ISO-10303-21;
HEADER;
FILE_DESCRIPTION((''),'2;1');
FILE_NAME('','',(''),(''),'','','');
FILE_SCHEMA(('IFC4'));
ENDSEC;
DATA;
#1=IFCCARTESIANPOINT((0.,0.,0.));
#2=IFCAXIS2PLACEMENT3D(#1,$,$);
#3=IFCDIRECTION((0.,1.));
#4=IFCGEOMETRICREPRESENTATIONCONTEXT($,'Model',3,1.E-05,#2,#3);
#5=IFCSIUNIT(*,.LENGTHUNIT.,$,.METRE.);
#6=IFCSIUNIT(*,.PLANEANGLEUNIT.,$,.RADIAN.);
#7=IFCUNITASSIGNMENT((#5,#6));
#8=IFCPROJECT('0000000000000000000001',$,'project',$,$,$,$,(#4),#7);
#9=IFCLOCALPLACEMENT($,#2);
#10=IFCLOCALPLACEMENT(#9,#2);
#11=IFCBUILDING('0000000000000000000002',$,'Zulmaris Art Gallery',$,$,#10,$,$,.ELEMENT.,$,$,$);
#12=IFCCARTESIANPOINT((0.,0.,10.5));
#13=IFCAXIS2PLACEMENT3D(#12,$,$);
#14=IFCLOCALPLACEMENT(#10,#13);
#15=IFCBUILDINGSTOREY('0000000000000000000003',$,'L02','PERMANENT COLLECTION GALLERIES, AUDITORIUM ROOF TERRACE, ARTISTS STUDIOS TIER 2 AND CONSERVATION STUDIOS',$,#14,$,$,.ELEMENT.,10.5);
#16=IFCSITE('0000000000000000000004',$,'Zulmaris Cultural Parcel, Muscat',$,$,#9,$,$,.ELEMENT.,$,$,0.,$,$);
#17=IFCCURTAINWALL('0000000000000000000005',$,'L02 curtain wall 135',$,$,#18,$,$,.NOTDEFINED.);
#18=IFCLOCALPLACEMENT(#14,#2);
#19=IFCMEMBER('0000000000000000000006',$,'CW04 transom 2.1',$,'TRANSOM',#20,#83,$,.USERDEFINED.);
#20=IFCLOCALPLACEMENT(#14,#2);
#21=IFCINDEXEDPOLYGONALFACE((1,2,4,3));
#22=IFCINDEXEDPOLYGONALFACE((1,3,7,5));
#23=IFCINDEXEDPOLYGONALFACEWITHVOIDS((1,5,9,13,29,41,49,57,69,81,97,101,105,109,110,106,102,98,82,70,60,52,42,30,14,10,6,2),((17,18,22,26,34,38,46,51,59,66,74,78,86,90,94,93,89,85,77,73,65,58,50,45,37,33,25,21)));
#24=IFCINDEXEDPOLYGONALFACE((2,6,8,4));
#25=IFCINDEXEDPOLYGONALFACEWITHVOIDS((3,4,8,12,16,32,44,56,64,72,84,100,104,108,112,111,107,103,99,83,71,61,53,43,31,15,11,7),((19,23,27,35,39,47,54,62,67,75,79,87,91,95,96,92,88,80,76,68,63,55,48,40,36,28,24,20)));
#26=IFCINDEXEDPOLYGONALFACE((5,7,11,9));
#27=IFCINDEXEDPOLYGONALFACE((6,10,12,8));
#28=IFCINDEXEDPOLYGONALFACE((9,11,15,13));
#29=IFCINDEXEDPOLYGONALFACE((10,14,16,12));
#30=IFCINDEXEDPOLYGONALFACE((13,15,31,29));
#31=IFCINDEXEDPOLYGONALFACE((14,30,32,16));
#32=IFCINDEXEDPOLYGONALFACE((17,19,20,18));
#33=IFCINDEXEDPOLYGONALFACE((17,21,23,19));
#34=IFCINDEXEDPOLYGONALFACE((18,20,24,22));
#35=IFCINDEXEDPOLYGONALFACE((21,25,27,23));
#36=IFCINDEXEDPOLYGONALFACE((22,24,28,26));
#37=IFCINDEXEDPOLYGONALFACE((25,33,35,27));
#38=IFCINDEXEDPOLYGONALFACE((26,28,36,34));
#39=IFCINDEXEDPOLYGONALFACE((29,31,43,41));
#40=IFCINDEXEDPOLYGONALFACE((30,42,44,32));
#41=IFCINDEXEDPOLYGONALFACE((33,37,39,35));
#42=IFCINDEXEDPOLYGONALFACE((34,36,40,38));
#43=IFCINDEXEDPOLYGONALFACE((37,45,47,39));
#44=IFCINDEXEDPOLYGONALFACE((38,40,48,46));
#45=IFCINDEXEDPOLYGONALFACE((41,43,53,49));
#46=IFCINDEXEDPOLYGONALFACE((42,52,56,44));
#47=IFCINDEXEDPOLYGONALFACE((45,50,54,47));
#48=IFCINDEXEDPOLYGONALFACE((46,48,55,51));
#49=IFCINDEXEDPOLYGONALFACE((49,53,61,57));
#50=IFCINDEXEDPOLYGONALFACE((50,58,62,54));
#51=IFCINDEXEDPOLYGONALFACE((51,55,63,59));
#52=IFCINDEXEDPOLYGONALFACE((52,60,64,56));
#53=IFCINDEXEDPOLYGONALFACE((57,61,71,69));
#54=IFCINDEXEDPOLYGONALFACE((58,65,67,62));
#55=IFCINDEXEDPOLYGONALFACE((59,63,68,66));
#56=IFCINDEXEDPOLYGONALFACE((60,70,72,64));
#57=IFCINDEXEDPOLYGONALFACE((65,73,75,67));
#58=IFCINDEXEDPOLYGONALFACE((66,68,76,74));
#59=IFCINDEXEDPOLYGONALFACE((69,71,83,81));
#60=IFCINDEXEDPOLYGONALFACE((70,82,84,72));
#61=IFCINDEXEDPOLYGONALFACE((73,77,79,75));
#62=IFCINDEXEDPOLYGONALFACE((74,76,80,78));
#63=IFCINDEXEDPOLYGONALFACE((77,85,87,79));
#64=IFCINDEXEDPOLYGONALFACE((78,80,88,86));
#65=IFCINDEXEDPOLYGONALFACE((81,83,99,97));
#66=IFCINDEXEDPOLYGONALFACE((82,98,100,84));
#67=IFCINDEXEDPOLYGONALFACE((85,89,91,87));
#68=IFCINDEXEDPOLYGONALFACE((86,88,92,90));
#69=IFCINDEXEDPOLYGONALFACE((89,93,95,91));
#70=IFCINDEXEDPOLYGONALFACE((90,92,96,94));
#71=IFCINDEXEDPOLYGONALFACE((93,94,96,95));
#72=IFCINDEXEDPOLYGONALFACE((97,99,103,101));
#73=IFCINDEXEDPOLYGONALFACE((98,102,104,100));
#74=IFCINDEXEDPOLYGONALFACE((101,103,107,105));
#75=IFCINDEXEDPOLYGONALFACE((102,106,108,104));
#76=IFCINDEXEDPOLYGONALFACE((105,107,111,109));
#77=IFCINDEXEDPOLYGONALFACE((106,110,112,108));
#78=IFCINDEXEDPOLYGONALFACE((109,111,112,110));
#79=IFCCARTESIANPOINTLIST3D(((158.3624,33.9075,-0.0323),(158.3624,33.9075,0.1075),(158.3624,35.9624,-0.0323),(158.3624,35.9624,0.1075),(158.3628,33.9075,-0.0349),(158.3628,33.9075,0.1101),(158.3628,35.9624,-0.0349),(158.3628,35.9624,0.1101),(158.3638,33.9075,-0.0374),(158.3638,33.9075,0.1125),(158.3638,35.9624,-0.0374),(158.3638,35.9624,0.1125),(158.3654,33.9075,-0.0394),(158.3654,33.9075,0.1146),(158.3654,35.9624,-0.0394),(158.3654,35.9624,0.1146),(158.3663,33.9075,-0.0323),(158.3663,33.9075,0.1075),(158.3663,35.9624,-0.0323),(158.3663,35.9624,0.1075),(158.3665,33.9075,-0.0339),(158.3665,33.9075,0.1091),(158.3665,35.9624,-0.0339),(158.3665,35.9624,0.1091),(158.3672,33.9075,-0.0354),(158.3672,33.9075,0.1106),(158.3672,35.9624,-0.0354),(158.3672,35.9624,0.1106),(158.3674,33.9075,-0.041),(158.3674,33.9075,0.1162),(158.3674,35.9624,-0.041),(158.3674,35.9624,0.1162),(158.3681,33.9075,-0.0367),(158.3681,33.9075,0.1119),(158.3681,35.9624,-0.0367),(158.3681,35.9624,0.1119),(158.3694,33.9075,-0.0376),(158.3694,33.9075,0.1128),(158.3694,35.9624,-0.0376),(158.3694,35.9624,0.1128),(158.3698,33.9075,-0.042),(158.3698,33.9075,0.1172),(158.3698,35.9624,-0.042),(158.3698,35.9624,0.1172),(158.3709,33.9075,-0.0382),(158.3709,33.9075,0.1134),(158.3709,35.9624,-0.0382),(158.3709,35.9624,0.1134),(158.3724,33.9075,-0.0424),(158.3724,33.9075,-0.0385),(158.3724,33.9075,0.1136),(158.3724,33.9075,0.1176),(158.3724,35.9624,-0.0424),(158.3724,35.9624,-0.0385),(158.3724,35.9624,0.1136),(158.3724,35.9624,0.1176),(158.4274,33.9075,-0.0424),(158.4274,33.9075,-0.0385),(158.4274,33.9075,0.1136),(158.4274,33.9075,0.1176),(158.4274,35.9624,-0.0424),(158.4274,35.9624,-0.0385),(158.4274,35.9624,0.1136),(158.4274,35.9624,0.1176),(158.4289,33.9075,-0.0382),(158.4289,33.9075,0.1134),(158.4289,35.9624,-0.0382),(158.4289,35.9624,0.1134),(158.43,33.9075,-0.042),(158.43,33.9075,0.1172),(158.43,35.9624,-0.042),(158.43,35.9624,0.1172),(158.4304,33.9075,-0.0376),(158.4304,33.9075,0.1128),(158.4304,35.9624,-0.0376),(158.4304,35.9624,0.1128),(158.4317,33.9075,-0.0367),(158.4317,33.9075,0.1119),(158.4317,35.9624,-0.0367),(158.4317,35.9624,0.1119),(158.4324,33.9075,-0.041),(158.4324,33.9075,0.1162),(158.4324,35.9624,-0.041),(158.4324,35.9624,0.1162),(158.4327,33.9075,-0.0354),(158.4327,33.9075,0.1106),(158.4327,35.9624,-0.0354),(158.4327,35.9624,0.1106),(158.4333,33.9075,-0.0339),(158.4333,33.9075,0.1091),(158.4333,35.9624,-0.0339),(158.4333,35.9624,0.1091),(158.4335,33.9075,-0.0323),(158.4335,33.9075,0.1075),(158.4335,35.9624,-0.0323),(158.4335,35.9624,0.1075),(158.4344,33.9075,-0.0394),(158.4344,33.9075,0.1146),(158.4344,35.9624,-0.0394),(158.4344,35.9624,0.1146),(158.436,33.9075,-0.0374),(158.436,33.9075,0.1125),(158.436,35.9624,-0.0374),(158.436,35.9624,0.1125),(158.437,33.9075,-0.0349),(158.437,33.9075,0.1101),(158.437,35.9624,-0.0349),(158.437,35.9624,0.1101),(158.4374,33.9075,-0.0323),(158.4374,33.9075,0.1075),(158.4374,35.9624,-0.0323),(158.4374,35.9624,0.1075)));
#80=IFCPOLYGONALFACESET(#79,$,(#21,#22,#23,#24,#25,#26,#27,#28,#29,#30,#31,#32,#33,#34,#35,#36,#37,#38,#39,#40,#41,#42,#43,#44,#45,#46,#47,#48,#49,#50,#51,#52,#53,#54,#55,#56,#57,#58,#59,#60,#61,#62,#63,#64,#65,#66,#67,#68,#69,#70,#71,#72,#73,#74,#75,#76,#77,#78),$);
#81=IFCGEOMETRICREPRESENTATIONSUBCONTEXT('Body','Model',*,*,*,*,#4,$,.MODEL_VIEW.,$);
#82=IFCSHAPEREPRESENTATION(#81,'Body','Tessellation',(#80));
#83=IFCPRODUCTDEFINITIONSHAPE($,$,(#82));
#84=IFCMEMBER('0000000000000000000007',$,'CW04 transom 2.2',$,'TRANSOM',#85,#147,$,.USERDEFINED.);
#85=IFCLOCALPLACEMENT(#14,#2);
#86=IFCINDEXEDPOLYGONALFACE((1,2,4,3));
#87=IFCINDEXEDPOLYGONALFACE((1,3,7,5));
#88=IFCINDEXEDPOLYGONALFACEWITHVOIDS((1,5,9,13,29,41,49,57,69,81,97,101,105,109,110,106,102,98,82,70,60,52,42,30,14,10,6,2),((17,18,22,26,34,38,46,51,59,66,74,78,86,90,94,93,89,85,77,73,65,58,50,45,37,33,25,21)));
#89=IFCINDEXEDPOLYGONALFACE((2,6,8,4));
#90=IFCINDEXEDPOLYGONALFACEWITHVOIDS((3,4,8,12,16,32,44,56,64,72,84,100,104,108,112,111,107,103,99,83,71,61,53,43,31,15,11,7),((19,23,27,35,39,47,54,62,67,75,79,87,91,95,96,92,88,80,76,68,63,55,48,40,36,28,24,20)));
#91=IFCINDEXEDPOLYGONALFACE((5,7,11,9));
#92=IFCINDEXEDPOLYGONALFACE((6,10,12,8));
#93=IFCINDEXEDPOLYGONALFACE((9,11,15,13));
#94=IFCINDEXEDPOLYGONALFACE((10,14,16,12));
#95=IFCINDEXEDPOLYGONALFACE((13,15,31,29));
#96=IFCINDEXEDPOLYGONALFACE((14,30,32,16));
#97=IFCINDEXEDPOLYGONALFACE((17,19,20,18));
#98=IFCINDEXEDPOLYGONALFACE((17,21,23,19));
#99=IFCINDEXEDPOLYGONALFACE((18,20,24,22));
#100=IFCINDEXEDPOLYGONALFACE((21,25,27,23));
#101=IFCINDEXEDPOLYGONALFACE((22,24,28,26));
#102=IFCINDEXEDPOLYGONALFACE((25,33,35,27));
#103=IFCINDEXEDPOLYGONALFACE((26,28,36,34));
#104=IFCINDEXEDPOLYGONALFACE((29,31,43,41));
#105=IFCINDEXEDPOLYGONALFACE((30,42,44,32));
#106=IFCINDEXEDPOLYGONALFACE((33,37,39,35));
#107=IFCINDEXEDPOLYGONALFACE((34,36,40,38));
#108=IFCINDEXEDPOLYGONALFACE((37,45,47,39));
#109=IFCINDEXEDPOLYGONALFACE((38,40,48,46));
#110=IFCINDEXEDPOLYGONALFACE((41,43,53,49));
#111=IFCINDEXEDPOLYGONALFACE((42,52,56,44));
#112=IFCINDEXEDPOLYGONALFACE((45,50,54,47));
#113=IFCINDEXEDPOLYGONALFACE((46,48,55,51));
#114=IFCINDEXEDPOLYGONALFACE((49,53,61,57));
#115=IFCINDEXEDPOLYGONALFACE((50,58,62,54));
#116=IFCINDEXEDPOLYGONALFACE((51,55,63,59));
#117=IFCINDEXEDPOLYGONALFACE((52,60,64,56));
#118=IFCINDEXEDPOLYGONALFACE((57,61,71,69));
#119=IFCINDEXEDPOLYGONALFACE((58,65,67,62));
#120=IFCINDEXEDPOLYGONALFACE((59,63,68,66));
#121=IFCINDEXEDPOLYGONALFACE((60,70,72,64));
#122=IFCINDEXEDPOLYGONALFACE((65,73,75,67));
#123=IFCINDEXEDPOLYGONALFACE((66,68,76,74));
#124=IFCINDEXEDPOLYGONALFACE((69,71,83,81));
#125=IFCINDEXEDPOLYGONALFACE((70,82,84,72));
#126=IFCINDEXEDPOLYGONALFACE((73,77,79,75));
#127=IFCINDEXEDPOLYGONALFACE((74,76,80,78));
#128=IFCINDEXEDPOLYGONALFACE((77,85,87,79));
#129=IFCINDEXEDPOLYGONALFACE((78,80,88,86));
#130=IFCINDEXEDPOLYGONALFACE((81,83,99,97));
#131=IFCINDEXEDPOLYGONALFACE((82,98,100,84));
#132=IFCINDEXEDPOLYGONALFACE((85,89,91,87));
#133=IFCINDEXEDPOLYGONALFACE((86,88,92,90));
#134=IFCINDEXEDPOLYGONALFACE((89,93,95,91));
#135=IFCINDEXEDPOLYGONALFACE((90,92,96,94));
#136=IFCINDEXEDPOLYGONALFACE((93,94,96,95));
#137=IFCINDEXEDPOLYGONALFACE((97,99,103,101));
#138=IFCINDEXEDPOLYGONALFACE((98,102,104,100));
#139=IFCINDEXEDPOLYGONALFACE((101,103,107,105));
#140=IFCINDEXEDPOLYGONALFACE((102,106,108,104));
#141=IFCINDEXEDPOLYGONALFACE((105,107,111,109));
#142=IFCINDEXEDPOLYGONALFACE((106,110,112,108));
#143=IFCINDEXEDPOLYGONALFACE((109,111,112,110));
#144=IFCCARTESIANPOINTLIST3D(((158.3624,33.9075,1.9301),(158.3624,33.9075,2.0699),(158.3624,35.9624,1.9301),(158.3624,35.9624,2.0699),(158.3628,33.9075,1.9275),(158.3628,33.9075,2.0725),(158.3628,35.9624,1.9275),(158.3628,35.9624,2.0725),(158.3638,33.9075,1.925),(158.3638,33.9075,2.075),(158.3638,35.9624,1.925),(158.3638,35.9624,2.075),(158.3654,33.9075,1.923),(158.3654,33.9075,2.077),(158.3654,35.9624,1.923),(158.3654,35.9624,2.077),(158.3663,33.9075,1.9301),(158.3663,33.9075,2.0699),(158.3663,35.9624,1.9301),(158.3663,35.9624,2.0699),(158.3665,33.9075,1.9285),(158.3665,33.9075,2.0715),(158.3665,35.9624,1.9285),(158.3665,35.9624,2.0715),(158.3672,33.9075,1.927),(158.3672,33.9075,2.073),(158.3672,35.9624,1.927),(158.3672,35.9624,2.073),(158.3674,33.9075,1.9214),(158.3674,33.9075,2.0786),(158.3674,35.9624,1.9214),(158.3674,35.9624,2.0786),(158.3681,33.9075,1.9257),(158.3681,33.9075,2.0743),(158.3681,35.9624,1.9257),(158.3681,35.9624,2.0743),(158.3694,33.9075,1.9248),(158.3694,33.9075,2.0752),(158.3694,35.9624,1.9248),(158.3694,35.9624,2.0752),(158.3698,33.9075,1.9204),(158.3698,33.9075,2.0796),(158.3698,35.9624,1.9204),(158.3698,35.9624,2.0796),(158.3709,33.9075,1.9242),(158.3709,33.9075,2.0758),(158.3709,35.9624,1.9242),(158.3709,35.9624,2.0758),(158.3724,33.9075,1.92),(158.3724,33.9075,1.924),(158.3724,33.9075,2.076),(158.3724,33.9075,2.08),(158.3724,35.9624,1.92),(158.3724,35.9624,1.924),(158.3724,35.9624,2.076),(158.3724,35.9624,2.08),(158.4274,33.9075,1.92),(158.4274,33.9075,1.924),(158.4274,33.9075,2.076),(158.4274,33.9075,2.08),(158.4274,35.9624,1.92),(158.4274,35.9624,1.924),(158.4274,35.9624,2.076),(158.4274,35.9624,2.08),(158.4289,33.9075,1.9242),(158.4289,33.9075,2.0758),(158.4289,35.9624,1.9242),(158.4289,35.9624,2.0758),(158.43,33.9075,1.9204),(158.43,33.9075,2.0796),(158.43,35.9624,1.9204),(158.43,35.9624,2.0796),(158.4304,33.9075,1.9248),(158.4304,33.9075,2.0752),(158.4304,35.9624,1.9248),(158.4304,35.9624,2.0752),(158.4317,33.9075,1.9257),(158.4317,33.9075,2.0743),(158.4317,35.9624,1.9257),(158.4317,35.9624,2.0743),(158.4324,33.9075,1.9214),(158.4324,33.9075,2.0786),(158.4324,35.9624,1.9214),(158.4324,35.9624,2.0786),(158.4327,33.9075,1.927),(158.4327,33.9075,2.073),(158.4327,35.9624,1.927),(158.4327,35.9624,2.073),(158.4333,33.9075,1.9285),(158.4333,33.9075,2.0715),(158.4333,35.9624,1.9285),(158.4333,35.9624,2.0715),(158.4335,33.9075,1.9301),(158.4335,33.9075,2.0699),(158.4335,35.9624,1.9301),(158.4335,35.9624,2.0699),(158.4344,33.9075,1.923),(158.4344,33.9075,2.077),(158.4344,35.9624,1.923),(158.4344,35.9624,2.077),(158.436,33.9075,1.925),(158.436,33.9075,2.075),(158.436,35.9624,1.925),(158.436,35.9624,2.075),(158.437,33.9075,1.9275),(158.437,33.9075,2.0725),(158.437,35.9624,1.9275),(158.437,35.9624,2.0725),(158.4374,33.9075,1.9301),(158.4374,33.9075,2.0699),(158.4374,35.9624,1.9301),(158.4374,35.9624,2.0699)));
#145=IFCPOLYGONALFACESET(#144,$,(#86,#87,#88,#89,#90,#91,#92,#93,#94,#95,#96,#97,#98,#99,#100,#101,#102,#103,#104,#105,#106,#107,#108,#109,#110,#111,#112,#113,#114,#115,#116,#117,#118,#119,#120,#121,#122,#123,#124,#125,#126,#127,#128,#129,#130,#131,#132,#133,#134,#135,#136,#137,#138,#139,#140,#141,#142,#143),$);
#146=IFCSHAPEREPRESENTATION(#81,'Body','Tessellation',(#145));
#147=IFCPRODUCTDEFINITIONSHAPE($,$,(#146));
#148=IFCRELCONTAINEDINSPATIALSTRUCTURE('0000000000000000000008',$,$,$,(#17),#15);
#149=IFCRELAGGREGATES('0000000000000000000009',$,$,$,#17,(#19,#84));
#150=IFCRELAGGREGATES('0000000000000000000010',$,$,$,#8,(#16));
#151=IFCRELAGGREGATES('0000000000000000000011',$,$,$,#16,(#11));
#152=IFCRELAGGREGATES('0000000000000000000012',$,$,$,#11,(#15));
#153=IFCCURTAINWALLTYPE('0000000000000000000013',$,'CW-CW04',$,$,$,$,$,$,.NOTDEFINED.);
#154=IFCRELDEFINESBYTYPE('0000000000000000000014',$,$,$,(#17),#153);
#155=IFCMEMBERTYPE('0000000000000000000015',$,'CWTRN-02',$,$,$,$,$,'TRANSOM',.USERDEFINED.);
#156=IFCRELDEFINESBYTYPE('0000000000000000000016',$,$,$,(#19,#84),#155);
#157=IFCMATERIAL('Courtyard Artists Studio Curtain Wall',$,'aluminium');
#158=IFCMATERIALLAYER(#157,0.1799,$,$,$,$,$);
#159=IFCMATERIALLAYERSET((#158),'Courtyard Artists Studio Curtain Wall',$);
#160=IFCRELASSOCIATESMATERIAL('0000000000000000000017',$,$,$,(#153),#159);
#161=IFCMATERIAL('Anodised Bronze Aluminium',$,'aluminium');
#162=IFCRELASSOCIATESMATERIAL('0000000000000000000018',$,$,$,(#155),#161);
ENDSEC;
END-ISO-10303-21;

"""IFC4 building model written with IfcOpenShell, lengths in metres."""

from ifc_helpers import new_model, si_unit, direction, frame, origin, origin_2d, place, context, subcontext, project, spatial, hollow_rectangle, extrude, material, layer, layer_set, material_profile, profile_set, type_object, element, aggregate, save


model = new_model("IFC4")

# Units and contexts
model_context = context("Model", 3, precision=1e-05, world=origin(), true_north=direction((0.0, 1.0)))
body_context = subcontext(model_context, "Body", "Model", "MODEL_VIEW")
ifc_project = project(units=[si_unit("LENGTHUNIT", "METRE"), si_unit("PLANEANGLEUNIT", "RADIAN")], contexts=[model_context])

# Site, building, storey
site_placement = place(None, origin())
site = spatial("IfcSite", under=ifc_project, at=site_placement, Name="Zulmaris Cultural Parcel, Muscat", CompositionType="ELEMENT", RefElevation=0.0)
building_placement = place(site_placement, origin())
building = spatial("IfcBuilding", under=site, at=building_placement, Name="Zulmaris Art Gallery", CompositionType="ELEMENT")
storey_placement = place(building_placement, frame((0.0, 0.0, 10.5)))
storey = spatial("IfcBuildingStorey", under=building, at=storey_placement, Name="L02", Description="PERMANENT COLLECTION GALLERIES, AUDITORIUM ROOF TERRACE, ARTISTS STUDIOS TIER 2 AND CONSERVATION STUDIOS", CompositionType="ELEMENT", Elevation=10.5)

# Curtain wall, members
ifc_material_1 = material(Name="Courtyard Artists Studio Curtain Wall", Category="aluminium")
ifc_layer_1 = layer(ifc_material_1, 0.1799)
ifc_layer_set_1 = layer_set([ifc_layer_1], Name="Courtyard Artists Studio Curtain Wall")
curtain_wall_type = type_object("IfcCurtainWallType", Name="CW-CW04", PredefinedType="NOTDEFINED", material=ifc_layer_set_1)
curtain_wall_placement = place(storey_placement, origin())
curtain_wall = element("IfcCurtainWall", 1, at=curtain_wall_placement, inside=storey, type_object=curtain_wall_type, Name="L02 curtain wall 135", PredefinedType="NOTDEFINED")
ifc_material_2 = material(Name="Anodised Bronze Aluminium", Category="aluminium")
ifc_material_profile_1 = material_profile(ifc_material_2, hollow_rectangle(XDim=0.075, YDim=0.1599, WallThickness=0.0039, InnerFilletRadius=0.0061, OuterFilletRadius=0.01, at=origin_2d()), Name="ALU 75x160x4")
ifc_profile_set_1 = profile_set([ifc_material_profile_1], Name="Anodised Bronze Aluminium")
member_type_1 = type_object("IfcMemberType", Name="CWTRN-02", ElementType="TRANSOM", PredefinedType="USERDEFINED", material=ifc_profile_set_1)
member_1_placement = place(storey_placement, frame((158.3999, 33.9075, 0.0376), z_axis=(0.0, 1.0, 0.0), x_axis=(-1.0, 0.0, 0.0)))
member_1 = element("IfcMember", 2, at=member_1_placement, type_object=member_type_1, Name="CW04 transom 2.1", ObjectType="TRANSOM", PredefinedType="USERDEFINED", context=body_context, shape_type="SweptSolid", body=[
    extrude(hollow_rectangle(XDim=0.075, YDim=0.1599, WallThickness=0.0039, InnerFilletRadius=0.0061, OuterFilletRadius=0.01, at=origin_2d()), origin(), (0.0, 0.0, 1.0), 2.0549),
])
member_2_placement = place(storey_placement, frame((158.3999, 33.9075, 2.0), z_axis=(0.0, 1.0, 0.0), x_axis=(-1.0, 0.0, 0.0)))
member_2 = element("IfcMember", 3, at=member_2_placement, type_object=member_type_1, Name="CW04 transom 2.2", ObjectType="TRANSOM", PredefinedType="USERDEFINED", context=body_context, shape_type="SweptSolid", body=[
    extrude(hollow_rectangle(XDim=0.075, YDim=0.1599, WallThickness=0.0039, InnerFilletRadius=0.0061, OuterFilletRadius=0.01, at=origin_2d()), origin(), (0.0, 0.0, 1.0), 2.0549),
])
aggregate(curtain_wall, [member_1, member_2])

save(model, "model.ifc")
